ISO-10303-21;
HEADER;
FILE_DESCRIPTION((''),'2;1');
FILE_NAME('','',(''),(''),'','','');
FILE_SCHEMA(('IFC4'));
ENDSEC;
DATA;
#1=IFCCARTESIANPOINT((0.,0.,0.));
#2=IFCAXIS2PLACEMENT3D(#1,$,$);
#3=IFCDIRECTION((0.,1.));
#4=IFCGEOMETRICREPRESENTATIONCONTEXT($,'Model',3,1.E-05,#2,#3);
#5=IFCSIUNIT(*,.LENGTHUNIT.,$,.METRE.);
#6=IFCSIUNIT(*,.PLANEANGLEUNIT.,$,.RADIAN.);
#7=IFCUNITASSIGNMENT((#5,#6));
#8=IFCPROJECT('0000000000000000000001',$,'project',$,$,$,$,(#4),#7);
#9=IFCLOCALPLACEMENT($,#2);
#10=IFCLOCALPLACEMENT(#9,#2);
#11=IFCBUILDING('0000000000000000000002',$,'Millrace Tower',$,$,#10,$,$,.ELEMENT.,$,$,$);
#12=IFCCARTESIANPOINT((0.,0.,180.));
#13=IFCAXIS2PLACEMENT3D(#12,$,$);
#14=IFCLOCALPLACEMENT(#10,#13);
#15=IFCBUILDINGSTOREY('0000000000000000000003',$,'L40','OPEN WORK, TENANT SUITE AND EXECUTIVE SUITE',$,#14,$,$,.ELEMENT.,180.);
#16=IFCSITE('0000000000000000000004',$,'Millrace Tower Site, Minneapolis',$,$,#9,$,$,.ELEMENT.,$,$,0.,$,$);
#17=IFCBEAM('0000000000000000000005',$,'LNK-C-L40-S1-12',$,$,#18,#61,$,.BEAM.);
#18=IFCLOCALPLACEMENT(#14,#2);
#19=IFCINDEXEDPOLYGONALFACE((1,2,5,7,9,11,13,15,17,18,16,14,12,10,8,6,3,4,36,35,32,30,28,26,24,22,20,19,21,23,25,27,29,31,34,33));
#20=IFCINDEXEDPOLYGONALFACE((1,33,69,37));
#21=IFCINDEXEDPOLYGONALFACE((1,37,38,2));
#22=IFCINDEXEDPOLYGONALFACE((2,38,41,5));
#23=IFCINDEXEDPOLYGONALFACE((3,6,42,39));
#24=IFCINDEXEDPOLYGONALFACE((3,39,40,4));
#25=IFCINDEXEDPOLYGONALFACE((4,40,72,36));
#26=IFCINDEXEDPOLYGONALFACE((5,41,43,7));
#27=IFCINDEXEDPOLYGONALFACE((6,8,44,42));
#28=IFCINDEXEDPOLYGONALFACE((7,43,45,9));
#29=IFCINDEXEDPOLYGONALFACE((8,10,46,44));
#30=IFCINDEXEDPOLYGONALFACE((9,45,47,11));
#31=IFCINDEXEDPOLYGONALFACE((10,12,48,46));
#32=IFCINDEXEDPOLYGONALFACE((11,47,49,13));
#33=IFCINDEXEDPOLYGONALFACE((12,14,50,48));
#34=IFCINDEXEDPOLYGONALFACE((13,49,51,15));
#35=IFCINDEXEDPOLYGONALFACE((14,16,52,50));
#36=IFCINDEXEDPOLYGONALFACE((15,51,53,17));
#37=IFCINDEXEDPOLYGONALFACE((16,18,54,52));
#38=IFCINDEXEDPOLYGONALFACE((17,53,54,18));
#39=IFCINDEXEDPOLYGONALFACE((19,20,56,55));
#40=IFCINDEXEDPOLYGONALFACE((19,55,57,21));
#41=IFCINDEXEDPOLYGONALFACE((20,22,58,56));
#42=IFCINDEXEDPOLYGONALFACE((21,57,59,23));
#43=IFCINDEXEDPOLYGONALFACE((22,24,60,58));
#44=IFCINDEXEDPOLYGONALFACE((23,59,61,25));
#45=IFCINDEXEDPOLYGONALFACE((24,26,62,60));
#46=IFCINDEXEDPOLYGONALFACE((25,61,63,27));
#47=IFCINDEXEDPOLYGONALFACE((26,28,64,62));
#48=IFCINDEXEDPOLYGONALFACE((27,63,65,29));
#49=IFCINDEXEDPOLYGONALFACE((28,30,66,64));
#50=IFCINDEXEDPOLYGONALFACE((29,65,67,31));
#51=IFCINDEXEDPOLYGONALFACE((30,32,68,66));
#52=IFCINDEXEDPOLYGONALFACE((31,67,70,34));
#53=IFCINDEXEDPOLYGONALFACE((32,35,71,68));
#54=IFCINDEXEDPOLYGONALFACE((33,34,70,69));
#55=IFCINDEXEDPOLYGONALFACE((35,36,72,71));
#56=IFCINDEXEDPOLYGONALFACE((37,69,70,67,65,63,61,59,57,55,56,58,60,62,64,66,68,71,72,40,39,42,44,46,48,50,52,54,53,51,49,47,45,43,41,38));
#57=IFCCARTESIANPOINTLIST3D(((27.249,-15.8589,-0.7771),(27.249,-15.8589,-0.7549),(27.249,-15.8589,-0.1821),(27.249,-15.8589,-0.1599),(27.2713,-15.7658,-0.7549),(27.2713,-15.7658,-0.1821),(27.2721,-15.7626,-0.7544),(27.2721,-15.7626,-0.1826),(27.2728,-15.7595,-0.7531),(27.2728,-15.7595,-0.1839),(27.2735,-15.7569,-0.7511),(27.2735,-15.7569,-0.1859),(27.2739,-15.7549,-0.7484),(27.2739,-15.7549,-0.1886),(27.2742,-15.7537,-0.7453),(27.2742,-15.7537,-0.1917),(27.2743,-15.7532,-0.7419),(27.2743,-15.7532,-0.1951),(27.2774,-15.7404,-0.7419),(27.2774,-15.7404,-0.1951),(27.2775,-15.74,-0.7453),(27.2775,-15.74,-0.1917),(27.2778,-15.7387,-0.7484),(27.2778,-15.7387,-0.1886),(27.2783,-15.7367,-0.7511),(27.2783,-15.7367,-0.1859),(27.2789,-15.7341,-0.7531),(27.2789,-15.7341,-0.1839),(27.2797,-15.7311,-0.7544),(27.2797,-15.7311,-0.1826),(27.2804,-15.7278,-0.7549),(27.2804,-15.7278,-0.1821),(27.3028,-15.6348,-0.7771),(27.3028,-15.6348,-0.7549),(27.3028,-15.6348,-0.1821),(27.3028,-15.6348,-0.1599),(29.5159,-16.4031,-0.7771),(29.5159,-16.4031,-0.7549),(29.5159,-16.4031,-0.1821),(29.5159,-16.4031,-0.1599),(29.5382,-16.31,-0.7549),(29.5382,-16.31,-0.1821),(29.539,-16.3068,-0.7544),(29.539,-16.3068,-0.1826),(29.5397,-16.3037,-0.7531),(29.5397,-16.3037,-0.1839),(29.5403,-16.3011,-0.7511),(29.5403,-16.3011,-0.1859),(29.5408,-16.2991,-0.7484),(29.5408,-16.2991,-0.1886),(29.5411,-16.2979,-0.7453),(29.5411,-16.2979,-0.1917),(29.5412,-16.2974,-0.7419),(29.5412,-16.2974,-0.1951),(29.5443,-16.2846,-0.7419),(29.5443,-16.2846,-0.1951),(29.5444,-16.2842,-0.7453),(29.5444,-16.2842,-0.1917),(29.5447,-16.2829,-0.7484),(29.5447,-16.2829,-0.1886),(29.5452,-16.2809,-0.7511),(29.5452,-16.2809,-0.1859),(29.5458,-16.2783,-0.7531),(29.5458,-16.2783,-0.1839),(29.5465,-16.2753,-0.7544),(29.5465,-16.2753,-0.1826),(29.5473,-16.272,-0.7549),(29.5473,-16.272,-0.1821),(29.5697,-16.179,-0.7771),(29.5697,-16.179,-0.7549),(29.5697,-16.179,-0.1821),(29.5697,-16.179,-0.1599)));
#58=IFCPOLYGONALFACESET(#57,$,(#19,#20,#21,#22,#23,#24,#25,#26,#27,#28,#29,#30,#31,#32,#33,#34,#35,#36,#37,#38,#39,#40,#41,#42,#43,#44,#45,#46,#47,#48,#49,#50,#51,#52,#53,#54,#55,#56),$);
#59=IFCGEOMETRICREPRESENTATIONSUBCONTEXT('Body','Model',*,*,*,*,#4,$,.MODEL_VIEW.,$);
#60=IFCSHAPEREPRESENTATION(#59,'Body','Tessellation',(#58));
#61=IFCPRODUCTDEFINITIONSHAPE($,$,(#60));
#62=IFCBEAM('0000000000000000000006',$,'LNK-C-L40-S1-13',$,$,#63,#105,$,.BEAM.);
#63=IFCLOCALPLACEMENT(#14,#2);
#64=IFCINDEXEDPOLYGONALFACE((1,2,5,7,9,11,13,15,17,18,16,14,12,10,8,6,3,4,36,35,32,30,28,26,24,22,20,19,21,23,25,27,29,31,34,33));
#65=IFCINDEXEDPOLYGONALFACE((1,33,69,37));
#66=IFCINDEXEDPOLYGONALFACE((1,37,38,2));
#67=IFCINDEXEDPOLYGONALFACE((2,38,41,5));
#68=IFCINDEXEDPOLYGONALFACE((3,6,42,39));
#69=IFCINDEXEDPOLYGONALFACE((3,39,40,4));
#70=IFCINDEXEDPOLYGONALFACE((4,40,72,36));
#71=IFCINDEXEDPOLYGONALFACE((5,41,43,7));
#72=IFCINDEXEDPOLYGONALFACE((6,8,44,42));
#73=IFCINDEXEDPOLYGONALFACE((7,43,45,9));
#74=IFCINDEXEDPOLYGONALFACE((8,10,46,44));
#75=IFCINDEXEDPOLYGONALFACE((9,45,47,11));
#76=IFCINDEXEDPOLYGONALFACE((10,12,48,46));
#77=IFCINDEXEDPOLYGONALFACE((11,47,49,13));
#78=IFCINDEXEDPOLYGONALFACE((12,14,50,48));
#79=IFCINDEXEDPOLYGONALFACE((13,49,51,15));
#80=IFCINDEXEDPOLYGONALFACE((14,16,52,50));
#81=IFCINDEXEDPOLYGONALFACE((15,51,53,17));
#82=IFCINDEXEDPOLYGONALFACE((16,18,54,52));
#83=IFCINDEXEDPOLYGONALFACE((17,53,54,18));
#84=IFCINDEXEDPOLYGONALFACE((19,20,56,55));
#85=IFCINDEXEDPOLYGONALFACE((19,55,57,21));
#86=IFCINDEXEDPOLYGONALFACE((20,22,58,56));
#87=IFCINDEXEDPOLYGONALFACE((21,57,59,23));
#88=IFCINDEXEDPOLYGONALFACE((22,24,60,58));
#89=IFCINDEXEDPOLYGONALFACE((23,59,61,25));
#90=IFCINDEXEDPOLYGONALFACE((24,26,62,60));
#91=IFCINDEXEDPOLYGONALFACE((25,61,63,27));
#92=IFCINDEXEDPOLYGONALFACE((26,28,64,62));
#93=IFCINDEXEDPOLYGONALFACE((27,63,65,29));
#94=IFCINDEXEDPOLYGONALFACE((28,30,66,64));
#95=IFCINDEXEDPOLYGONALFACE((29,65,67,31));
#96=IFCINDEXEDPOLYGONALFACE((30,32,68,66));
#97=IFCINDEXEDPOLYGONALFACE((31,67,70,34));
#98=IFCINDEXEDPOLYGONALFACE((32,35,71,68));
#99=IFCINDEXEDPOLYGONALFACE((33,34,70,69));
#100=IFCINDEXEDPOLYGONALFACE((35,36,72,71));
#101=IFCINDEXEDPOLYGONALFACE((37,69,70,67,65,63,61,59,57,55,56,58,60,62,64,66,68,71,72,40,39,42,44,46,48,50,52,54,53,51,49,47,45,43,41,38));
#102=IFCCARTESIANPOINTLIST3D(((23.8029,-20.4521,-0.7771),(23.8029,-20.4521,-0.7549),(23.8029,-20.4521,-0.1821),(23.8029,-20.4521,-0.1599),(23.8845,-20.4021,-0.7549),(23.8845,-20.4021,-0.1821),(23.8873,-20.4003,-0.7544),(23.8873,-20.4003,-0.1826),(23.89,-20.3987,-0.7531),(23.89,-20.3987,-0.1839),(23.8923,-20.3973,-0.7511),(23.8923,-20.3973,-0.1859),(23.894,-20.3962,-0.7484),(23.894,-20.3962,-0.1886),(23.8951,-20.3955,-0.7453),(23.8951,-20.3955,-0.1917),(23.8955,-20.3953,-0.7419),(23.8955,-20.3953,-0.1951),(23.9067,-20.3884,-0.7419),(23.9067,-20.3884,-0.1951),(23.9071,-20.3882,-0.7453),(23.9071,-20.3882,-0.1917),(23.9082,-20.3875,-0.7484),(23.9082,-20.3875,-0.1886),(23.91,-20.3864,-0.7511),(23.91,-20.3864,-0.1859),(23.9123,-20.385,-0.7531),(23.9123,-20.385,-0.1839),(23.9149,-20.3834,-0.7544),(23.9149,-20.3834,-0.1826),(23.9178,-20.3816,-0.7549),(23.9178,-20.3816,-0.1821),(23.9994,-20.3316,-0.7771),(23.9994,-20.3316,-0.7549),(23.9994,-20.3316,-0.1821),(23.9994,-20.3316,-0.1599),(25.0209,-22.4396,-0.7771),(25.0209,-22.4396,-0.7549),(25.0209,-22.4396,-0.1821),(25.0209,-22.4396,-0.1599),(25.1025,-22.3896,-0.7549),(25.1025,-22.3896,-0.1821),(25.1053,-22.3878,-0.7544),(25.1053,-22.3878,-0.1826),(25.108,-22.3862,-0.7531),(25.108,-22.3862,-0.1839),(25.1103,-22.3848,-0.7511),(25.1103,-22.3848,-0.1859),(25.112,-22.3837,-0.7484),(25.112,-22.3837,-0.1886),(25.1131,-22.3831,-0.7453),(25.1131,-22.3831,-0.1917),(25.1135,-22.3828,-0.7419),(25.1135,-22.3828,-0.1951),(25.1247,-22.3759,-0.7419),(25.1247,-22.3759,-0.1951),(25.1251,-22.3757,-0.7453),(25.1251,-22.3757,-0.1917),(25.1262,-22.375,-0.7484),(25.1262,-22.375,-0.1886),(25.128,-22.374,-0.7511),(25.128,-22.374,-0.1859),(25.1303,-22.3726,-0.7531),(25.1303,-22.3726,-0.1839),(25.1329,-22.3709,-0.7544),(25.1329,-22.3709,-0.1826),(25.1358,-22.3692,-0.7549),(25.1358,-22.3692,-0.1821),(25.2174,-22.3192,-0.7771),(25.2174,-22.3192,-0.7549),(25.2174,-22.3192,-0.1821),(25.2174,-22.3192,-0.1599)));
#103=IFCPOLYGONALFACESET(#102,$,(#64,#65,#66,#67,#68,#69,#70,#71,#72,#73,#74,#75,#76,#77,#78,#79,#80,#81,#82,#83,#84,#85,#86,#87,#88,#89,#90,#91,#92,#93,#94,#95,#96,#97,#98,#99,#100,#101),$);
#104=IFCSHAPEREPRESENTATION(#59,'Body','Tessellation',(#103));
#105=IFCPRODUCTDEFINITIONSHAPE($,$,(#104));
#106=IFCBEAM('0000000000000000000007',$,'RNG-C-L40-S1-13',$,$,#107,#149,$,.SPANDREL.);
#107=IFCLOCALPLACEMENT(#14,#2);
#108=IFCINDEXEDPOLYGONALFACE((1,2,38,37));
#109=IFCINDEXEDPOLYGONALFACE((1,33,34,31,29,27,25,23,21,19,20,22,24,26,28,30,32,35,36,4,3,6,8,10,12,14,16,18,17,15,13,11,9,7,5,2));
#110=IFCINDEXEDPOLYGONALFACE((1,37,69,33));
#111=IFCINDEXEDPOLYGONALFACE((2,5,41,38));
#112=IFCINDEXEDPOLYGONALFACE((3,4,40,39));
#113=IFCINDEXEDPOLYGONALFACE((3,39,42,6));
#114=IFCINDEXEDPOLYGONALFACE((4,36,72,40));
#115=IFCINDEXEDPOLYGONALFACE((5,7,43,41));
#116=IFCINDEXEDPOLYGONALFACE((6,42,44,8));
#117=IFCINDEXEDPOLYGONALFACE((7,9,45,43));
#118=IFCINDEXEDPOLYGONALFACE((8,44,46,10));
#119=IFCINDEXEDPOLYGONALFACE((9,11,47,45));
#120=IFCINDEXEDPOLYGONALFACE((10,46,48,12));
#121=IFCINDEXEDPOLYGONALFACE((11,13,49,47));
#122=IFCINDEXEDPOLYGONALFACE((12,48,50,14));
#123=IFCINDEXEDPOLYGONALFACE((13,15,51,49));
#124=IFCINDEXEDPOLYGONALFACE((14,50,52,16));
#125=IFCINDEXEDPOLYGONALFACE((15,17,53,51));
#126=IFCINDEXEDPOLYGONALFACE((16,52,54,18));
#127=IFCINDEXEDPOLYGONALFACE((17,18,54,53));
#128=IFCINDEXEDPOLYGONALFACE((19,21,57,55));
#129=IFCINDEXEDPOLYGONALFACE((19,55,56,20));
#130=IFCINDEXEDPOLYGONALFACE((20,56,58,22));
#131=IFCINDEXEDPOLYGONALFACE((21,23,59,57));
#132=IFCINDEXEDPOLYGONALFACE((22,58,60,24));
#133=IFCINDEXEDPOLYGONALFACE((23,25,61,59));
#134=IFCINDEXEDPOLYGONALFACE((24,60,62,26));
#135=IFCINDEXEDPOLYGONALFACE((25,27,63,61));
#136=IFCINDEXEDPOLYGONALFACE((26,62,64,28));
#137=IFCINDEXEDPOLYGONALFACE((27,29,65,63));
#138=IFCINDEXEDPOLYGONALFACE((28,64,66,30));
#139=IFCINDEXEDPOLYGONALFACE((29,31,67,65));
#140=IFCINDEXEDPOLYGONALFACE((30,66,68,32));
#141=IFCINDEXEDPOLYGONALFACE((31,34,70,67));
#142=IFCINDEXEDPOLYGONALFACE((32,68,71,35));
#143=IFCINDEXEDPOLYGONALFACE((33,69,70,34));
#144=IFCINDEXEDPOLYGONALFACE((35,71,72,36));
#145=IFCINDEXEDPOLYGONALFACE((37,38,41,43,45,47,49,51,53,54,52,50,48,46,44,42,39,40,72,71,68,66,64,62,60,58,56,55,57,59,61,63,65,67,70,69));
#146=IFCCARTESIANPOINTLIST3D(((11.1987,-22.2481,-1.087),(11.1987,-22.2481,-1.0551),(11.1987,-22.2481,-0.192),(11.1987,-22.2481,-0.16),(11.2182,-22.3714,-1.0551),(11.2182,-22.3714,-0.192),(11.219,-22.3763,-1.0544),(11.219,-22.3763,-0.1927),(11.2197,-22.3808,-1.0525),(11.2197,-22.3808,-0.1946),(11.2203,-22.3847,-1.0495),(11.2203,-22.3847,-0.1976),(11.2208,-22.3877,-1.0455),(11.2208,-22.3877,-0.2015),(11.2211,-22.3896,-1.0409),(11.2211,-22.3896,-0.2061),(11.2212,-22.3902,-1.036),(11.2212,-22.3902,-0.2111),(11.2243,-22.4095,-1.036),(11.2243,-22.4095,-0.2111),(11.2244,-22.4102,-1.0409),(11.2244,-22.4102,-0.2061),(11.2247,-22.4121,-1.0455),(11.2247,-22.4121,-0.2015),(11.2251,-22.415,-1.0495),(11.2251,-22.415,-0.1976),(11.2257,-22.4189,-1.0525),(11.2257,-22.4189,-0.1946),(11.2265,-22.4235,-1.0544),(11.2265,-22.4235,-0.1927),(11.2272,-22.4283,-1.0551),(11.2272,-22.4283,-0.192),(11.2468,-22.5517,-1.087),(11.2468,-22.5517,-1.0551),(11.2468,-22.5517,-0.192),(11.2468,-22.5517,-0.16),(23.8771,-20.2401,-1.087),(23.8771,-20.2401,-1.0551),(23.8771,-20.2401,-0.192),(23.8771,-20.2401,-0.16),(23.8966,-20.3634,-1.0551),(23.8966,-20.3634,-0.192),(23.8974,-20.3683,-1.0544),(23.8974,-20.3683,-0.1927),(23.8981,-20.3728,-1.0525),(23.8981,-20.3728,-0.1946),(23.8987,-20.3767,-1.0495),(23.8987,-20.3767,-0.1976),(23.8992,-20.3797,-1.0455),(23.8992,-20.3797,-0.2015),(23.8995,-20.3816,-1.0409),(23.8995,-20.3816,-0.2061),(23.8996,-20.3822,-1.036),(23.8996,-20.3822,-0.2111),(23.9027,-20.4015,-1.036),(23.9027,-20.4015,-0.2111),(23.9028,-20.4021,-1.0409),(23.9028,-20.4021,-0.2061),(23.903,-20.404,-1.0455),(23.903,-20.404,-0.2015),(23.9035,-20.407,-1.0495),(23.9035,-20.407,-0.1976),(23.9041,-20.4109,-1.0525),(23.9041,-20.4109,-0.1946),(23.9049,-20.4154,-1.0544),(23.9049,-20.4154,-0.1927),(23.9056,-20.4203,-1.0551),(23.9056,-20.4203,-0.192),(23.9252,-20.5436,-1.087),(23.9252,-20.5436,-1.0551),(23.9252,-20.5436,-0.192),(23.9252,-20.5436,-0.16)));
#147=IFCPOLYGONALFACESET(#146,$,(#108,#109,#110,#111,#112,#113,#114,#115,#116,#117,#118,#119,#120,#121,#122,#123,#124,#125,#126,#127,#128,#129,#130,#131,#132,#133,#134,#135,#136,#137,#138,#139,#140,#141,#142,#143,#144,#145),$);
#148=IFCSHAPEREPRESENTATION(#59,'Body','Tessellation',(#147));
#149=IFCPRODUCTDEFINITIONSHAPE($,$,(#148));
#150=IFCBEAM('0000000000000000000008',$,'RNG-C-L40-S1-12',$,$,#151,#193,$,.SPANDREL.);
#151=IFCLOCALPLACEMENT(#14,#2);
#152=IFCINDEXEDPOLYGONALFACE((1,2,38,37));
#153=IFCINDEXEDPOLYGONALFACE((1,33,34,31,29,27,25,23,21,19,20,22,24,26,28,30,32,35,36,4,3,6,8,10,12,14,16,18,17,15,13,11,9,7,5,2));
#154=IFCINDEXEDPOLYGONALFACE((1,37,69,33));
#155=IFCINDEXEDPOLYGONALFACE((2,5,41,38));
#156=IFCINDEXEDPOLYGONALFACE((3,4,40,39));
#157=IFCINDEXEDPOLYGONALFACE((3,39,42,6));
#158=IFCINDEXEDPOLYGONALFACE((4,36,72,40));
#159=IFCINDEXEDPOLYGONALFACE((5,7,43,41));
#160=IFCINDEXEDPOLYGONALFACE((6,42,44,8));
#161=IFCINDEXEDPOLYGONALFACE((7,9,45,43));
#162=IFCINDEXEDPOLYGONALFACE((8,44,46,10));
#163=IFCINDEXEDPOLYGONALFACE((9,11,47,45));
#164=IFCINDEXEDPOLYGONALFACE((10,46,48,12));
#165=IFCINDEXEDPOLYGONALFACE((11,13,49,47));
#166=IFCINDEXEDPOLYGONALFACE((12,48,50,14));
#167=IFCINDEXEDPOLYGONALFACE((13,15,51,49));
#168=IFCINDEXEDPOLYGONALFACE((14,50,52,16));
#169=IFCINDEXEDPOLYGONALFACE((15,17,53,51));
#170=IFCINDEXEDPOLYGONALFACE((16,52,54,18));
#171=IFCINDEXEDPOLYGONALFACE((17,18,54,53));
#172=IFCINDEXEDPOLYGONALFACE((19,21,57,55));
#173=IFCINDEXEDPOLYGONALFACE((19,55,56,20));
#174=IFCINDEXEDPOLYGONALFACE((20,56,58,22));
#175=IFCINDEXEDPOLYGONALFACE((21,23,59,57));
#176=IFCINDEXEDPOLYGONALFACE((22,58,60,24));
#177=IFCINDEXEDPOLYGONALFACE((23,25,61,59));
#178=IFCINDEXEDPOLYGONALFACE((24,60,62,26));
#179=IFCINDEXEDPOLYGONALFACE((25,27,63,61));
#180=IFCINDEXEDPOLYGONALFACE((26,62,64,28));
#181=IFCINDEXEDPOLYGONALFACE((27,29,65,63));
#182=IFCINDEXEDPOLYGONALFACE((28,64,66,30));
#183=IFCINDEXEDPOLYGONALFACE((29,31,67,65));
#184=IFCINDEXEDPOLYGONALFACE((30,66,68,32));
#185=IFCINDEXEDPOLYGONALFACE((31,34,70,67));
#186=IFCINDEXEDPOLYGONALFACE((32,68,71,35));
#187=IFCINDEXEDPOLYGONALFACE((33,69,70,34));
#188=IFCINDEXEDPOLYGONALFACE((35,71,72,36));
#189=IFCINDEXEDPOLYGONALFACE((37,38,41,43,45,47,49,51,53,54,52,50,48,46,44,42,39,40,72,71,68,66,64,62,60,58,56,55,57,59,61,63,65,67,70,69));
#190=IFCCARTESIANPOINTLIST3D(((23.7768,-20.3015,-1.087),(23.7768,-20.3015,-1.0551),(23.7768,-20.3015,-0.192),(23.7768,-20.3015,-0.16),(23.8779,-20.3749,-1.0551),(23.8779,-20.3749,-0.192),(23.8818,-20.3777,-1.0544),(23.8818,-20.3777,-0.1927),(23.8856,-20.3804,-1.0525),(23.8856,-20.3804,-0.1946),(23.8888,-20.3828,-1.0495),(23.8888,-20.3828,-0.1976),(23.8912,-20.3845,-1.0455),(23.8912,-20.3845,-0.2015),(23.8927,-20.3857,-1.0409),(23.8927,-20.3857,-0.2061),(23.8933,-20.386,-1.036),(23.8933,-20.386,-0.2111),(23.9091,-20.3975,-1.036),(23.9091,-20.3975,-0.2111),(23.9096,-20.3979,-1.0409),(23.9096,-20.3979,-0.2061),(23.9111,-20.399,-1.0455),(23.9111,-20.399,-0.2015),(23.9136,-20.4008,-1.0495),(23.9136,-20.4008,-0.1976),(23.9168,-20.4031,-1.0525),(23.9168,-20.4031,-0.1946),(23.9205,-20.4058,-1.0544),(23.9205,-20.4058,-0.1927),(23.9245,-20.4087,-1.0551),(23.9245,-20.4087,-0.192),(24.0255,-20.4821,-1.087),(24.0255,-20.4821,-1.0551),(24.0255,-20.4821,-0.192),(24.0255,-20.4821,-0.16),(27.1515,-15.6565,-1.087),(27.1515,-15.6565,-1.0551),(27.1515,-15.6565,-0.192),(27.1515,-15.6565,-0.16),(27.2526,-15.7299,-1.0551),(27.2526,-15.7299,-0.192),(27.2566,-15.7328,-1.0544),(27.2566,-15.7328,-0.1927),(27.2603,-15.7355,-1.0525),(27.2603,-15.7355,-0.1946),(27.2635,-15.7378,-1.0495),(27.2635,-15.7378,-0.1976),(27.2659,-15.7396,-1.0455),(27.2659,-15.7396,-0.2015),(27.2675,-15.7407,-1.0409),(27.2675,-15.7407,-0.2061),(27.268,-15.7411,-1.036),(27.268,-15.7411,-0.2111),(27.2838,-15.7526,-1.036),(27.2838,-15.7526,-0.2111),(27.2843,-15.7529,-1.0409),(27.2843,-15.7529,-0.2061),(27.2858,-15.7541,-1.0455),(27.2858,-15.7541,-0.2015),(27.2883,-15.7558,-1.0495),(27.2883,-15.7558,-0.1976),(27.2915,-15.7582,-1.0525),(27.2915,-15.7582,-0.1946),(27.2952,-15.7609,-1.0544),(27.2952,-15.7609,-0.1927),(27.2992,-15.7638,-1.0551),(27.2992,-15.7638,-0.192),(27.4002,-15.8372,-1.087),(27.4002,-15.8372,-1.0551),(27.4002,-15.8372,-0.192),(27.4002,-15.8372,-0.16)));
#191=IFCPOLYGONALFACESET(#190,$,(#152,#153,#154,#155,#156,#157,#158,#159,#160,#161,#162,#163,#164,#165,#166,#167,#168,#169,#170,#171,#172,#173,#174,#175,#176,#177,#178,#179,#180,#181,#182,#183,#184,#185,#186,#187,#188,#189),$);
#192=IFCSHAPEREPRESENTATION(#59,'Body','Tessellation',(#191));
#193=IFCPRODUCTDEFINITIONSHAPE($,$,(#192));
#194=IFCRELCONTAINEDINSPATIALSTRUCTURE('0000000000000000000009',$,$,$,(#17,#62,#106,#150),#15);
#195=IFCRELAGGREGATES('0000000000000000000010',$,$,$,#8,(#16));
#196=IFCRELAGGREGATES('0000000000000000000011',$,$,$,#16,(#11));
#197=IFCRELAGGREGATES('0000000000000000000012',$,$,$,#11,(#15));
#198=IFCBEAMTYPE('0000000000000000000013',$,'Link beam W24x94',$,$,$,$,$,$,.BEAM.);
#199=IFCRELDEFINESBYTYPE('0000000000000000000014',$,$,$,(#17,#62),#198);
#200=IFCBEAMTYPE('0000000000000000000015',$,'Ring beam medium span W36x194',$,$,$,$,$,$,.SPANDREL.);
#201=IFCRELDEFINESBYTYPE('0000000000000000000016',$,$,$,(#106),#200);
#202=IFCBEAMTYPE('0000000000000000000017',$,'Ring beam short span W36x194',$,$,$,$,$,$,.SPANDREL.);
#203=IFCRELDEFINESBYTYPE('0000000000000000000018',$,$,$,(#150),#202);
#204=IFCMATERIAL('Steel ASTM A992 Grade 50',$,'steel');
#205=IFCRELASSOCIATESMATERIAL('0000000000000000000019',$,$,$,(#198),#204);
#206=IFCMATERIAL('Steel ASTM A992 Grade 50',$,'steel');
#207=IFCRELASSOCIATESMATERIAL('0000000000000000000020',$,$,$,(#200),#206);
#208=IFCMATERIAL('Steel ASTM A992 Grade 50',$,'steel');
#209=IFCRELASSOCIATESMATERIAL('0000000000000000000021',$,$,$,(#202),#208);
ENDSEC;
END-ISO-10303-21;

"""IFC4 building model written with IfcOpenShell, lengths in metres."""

from ifc_helpers import new_model, si_unit, direction, frame, origin, origin_2d, place, context, subcontext, project, spatial, i_section, extrude, material, material_profile, profile_set, type_object, element, save


model = new_model("IFC4")

# Units and contexts
model_context = context("Model", 3, precision=1e-05, world=origin(), true_north=direction((0.0, 1.0)))
body_context = subcontext(model_context, "Body", "Model", "MODEL_VIEW")
ifc_project = project(units=[si_unit("LENGTHUNIT", "METRE"), si_unit("PLANEANGLEUNIT", "RADIAN")], contexts=[model_context])

# Site, building, storey
site_placement = place(None, origin())
site = spatial("IfcSite", under=ifc_project, at=site_placement, Name="Millrace Tower Site, Minneapolis", CompositionType="ELEMENT", RefElevation=0.0)
building_placement = place(site_placement, origin())
building = spatial("IfcBuilding", under=site, at=building_placement, Name="Millrace Tower", CompositionType="ELEMENT")
storey_placement = place(building_placement, frame((0.0, 0.0, 180.0)))
storey = spatial("IfcBuildingStorey", under=building, at=storey_placement, Name="L40", Description="OPEN WORK, TENANT SUITE AND EXECUTIVE SUITE", CompositionType="ELEMENT", Elevation=180.0)

# Beams
ifc_material_1 = material(Name="Steel ASTM A992 Grade 50", Category="steel")
ifc_material_profile_1 = material_profile(ifc_material_1, i_section(OverallWidth=0.2305, OverallDepth=0.6172, WebThickness=0.0132, FlangeThickness=0.0222, FilletRadius=0.0129, at=origin_2d()))
ifc_profile_set_1 = profile_set([ifc_material_profile_1], Name="Steel ASTM A992 Grade 50")
beam_type_1 = type_object("IfcBeamType", Name="Link beam W24x94", PredefinedType="BEAM", material=ifc_profile_set_1)
beam_1_placement = place(storey_placement, frame((27.2759, -15.7468, -0.4685), z_axis=(0.972373, -0.233432, 0.0), x_axis=(0.233432, 0.972373, 0.0)))
element("IfcBeam", 1, at=beam_1_placement, inside=storey, type_object=beam_type_1, Name="LNK-C-L40-S1-12", PredefinedType="BEAM", context=body_context, shape_type="SweptSolid", body=[
    extrude(i_section(OverallWidth=0.2305, OverallDepth=0.6172, WebThickness=0.0132, FlangeThickness=0.0222, FilletRadius=0.0129, at=origin_2d()), origin(), (0.0, 0.0, 1.0), 2.3313),
])
beam_2_placement = place(storey_placement, frame((23.9011, -20.3918, -0.4685), z_axis=(0.522513, -0.852631, 0.0), x_axis=(0.852631, 0.522513, 0.0)))
element("IfcBeam", 2, at=beam_2_placement, inside=storey, type_object=beam_type_1, Name="LNK-C-L40-S1-13", PredefinedType="BEAM", context=body_context, shape_type="SweptSolid", body=[
    extrude(i_section(OverallWidth=0.2305, OverallDepth=0.6172, WebThickness=0.0132, FlangeThickness=0.0222, FilletRadius=0.0129, at=origin_2d()), origin(), (0.0, 0.0, 1.0), 2.3311),
])
ifc_material_2 = material(Name="Steel ASTM A992 Grade 50", Category="steel")
ifc_material_profile_2 = material_profile(ifc_material_2, i_section(OverallWidth=0.3074, OverallDepth=0.927, WebThickness=0.0195, FlangeThickness=0.032, FilletRadius=0.019, at=origin_2d()))
ifc_profile_set_2 = profile_set([ifc_material_profile_2], Name="Steel ASTM A992 Grade 50")
beam_type_2 = type_object("IfcBeamType", Name="Ring beam medium span W36x194", PredefinedType="SPANDREL", material=ifc_profile_set_2)
beam_3_placement = place(storey_placement, frame((23.9011, -20.3918, -0.6235), z_axis=(-0.987689, -0.156433, 0.0), x_axis=(0.156433, -0.987689, 0.0)))
element("IfcBeam", 3, at=beam_3_placement, inside=storey, type_object=beam_type_2, Name="RNG-C-L40-S1-13", PredefinedType="SPANDREL", context=body_context, shape_type="SweptSolid", body=[
    extrude(i_section(OverallWidth=0.3074, OverallDepth=0.927, WebThickness=0.0195, FlangeThickness=0.032, FilletRadius=0.019, at=origin_2d()), origin(), (0.0, 0.0, 1.0), 12.8364),
])
ifc_material_3 = material(Name="Steel ASTM A992 Grade 50", Category="steel")
ifc_material_profile_3 = material_profile(ifc_material_3, i_section(OverallWidth=0.3074, OverallDepth=0.927, WebThickness=0.0195, FlangeThickness=0.032, FilletRadius=0.019, at=origin_2d()))
ifc_profile_set_3 = profile_set([ifc_material_profile_3], Name="Steel ASTM A992 Grade 50")
beam_type_3 = type_object("IfcBeamType", Name="Ring beam short span W36x194", PredefinedType="SPANDREL", material=ifc_profile_set_3)
beam_4_placement = place(storey_placement, frame((27.2759, -15.7468, -0.6235), z_axis=(-0.58778, -0.809021, 0.0), x_axis=(0.809021, -0.58778, 0.0)))
element("IfcBeam", 4, at=beam_4_placement, inside=storey, type_object=beam_type_3, Name="RNG-C-L40-S1-12", PredefinedType="SPANDREL", context=body_context, shape_type="SweptSolid", body=[
    extrude(i_section(OverallWidth=0.3074, OverallDepth=0.927, WebThickness=0.0195, FlangeThickness=0.032, FilletRadius=0.019, at=origin_2d()), origin(), (0.0, 0.0, 1.0), 5.7415),
])

save(model, "model.ifc")
